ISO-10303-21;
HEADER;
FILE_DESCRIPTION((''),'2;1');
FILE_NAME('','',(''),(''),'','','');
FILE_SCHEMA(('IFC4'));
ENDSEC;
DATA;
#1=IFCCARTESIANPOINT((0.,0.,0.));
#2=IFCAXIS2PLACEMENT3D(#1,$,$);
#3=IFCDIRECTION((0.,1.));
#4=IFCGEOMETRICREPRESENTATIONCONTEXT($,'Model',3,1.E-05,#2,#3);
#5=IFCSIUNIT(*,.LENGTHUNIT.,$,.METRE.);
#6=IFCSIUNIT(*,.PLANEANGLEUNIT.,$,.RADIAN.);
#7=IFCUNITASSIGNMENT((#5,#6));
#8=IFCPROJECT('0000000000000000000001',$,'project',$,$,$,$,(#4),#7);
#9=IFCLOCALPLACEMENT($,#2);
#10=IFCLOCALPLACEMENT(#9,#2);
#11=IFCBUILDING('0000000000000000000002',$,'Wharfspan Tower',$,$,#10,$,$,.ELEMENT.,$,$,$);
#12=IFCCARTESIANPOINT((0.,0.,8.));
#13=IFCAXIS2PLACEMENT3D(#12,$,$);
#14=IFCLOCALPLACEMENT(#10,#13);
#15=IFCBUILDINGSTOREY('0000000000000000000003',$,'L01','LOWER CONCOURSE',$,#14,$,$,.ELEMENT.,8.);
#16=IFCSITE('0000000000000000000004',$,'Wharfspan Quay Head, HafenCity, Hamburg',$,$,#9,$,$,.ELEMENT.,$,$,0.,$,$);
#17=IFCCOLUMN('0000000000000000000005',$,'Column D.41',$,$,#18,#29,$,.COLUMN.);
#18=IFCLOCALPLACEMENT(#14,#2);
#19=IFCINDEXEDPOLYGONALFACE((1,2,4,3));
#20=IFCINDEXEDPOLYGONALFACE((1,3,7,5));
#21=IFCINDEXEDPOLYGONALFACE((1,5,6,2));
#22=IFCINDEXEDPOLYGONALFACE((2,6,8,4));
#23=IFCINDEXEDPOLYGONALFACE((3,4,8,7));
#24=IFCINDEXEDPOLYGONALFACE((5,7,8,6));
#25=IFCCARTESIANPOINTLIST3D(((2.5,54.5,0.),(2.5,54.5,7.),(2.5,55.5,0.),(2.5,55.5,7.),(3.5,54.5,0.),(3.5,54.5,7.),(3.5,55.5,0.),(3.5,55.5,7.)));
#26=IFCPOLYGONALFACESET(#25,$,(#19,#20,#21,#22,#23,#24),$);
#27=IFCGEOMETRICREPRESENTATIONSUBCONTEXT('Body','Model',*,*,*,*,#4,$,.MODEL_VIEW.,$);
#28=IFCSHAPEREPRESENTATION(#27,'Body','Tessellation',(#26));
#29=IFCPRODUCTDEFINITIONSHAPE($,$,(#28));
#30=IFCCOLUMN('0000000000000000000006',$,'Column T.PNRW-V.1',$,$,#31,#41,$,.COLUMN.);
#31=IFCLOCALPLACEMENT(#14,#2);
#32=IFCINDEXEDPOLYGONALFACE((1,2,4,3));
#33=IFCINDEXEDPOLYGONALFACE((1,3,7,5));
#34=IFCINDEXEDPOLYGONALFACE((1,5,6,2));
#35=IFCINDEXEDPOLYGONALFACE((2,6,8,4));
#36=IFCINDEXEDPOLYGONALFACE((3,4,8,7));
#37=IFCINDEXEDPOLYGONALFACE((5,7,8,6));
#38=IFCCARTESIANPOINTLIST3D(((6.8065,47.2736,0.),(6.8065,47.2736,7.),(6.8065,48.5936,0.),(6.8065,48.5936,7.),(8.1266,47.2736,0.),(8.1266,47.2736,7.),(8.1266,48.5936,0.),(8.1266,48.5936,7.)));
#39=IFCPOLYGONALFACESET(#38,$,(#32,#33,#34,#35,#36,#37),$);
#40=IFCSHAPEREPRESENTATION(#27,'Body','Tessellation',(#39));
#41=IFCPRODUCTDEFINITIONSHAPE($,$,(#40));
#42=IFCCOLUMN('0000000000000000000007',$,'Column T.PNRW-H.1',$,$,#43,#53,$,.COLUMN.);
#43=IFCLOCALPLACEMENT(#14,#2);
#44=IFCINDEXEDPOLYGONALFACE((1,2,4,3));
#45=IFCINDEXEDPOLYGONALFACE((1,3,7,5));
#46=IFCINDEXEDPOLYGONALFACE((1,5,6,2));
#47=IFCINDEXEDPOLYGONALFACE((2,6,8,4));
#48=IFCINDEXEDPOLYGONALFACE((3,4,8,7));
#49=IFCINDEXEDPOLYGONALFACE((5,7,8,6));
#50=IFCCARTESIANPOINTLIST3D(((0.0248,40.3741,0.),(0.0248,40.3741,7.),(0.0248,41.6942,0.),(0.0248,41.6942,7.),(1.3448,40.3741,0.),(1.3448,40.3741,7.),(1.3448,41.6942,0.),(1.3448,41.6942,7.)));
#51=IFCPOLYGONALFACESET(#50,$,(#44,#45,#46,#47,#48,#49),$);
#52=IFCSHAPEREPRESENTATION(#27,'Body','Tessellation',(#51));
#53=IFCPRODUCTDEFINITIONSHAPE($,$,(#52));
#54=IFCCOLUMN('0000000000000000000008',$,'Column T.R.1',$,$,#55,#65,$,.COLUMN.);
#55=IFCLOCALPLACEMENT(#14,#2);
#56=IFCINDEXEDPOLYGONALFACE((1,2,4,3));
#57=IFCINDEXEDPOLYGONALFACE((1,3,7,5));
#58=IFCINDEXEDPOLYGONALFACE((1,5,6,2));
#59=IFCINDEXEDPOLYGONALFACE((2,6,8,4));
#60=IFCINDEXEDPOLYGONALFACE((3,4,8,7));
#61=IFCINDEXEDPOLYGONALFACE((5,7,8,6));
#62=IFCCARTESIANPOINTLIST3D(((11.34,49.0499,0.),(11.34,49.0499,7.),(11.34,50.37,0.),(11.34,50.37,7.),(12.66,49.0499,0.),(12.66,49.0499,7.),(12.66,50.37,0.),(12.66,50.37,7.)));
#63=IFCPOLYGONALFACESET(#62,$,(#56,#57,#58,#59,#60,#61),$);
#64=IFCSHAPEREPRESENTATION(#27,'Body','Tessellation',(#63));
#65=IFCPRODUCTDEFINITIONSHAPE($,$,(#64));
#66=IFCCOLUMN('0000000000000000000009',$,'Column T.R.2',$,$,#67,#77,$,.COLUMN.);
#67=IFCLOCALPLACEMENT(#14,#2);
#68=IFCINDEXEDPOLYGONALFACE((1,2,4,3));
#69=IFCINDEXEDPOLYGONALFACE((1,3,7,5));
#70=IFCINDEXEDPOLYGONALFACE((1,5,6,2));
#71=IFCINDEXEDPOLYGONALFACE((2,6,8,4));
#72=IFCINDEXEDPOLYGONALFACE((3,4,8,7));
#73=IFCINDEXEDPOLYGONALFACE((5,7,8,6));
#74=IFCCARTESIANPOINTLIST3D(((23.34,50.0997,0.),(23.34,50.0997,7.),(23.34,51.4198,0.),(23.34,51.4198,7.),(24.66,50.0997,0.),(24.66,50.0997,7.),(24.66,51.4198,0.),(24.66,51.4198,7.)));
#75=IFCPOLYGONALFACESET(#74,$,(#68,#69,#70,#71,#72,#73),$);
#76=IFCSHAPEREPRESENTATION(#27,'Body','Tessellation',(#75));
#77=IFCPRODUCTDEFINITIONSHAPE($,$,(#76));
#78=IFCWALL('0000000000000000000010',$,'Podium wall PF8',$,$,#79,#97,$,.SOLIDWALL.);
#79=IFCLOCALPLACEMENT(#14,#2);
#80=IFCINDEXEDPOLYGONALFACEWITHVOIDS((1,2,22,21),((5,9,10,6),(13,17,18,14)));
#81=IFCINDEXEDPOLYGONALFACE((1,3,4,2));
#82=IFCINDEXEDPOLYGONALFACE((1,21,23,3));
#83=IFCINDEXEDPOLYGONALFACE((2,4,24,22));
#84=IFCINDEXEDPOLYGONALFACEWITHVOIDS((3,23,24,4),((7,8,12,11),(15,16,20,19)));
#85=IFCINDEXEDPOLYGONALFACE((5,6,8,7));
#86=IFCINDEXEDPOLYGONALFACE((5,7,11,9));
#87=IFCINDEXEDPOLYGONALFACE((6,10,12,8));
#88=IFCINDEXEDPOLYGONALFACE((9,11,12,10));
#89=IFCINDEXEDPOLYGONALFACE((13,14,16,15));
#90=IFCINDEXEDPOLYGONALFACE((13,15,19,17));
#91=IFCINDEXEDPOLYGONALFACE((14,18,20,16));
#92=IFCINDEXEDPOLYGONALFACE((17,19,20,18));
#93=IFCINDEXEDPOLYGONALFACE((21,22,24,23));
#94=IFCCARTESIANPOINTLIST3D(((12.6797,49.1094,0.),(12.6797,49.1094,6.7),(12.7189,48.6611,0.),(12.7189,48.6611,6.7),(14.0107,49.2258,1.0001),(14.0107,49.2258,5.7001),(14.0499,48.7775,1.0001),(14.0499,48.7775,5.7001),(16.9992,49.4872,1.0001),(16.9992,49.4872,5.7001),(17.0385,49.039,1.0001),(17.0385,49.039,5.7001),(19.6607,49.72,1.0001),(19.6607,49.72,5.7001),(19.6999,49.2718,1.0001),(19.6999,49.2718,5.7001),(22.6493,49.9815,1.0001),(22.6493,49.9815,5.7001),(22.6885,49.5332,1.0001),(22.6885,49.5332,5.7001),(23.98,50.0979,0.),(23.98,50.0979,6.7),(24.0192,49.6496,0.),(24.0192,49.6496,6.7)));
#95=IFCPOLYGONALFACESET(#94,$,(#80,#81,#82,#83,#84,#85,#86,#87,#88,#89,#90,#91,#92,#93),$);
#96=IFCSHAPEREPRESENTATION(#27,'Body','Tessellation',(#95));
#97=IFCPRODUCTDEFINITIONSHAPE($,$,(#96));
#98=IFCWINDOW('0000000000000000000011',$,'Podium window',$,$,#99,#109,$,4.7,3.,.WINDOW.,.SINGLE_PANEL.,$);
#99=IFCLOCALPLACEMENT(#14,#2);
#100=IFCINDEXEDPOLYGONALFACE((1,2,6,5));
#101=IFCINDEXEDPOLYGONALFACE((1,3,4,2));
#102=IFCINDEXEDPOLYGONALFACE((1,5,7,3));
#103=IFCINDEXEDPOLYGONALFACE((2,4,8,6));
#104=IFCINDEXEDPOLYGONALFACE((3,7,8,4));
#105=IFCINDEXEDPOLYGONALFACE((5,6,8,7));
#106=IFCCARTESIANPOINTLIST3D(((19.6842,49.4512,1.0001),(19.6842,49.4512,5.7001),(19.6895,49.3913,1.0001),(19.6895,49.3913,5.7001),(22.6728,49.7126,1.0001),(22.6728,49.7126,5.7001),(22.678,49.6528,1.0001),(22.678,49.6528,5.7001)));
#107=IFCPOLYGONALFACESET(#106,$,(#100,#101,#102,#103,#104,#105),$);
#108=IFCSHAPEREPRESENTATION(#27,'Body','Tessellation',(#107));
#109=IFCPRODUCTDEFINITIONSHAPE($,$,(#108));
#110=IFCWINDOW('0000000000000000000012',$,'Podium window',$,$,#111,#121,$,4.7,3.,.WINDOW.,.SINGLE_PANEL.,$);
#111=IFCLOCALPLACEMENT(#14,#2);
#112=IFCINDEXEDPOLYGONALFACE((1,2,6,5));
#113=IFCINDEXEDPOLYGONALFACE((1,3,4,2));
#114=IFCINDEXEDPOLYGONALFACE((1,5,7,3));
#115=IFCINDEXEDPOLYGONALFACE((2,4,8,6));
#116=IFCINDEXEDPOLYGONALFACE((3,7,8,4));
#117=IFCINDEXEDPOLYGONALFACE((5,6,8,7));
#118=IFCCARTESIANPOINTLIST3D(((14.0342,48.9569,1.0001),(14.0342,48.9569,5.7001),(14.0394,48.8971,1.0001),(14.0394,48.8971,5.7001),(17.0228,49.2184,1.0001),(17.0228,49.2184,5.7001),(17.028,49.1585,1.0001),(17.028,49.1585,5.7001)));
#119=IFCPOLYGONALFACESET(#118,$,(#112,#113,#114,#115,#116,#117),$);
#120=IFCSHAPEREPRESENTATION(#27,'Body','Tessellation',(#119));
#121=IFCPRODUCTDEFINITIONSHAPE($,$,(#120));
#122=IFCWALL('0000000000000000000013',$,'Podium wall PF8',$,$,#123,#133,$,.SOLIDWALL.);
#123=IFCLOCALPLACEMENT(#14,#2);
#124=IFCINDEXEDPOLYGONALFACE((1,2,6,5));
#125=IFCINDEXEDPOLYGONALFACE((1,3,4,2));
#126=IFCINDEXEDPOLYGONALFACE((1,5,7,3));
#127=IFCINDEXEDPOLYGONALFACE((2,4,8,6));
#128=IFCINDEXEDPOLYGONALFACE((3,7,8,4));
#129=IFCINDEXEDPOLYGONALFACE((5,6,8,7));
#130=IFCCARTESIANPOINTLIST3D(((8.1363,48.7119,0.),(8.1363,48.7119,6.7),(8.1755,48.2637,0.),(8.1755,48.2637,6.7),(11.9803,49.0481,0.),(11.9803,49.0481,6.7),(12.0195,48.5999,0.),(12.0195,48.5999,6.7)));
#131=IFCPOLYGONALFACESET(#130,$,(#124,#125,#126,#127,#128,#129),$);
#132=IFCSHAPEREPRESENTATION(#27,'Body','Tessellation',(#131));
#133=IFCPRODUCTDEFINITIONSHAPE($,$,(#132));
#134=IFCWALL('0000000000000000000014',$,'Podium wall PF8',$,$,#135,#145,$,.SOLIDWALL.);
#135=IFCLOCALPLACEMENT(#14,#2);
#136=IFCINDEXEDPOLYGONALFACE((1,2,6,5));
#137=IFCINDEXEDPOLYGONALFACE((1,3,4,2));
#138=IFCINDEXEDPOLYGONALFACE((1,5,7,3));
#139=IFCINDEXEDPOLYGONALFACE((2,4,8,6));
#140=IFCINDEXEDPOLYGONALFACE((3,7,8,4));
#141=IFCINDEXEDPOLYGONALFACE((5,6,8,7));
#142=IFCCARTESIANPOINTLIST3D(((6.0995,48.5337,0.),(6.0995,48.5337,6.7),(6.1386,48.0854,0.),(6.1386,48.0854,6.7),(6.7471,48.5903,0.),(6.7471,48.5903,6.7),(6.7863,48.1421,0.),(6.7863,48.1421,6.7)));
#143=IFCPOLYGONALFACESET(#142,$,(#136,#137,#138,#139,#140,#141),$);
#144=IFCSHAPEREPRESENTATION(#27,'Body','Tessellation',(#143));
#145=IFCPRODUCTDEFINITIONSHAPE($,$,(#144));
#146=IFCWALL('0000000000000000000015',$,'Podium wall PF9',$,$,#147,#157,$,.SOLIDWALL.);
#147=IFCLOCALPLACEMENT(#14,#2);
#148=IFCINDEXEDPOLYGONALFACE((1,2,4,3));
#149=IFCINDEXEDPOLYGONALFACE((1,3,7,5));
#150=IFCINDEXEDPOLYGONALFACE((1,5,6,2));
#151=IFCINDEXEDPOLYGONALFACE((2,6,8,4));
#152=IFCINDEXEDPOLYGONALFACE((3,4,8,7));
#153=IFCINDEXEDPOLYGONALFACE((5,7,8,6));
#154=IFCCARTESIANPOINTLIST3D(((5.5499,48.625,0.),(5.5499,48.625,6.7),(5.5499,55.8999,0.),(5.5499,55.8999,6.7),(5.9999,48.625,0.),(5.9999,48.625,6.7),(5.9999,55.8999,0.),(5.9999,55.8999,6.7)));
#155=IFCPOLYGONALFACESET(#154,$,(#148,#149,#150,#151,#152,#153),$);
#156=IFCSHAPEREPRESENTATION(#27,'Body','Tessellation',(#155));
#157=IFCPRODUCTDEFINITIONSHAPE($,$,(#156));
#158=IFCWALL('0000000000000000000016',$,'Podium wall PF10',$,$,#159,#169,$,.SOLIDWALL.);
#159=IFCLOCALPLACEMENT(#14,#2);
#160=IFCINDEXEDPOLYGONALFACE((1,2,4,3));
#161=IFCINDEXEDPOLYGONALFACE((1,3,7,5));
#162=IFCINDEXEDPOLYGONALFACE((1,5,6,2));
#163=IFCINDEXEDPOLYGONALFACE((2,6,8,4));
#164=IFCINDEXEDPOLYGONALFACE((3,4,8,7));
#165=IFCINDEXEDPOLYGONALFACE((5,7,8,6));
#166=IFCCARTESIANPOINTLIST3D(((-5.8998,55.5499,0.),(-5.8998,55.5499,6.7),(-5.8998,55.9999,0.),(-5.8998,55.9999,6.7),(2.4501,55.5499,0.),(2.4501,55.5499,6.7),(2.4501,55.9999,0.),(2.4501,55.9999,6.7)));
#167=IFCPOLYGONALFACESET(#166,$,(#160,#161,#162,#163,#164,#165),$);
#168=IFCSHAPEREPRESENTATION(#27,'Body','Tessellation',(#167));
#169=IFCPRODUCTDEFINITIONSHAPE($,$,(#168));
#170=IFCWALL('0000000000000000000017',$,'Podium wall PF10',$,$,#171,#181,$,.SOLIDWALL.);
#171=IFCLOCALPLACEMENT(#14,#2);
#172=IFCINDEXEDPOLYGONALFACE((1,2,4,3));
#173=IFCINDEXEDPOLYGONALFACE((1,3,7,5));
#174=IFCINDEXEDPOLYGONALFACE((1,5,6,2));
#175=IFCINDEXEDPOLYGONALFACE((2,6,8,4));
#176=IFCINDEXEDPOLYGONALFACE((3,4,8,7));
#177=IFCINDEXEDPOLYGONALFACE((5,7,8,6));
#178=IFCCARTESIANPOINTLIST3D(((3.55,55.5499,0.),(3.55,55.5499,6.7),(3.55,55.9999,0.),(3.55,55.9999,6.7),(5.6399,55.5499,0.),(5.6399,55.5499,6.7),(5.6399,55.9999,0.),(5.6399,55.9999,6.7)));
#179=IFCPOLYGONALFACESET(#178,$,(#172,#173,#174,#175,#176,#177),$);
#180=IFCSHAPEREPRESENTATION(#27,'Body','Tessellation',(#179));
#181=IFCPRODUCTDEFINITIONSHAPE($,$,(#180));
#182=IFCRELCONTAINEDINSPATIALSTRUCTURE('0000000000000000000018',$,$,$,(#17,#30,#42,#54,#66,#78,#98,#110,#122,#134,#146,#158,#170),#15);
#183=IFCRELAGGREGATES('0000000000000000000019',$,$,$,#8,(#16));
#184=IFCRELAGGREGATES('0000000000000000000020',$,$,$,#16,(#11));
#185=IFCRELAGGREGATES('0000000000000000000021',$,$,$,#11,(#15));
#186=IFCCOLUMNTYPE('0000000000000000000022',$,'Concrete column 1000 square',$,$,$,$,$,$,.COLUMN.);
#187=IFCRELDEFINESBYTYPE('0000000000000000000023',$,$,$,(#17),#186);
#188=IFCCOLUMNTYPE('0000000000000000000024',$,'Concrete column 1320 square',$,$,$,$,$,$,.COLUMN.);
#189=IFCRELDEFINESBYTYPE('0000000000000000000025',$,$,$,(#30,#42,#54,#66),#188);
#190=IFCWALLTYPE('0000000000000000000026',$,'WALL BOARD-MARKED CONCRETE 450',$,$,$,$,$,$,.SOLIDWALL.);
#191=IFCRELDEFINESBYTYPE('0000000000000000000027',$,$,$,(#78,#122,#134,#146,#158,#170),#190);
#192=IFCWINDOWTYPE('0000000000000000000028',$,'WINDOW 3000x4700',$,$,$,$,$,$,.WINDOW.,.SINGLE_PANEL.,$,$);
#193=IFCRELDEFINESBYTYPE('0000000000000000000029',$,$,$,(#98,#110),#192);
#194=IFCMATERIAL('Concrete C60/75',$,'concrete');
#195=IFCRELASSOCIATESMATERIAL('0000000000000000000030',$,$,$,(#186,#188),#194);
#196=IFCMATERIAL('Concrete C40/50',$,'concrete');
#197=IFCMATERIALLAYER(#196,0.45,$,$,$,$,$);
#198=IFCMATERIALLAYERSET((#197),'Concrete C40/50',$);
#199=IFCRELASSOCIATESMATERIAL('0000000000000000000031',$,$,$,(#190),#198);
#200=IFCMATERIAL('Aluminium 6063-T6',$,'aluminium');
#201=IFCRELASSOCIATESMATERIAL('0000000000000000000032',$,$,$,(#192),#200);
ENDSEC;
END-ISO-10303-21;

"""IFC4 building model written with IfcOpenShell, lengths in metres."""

from ifc_helpers import new_model, si_unit, direction, frame, frame_2d, origin, origin_2d, place, context, subcontext, project, spatial, rectangle, extrude, material, layer, layer_set, material_profile, profile_set, type_object, element, fill, save


model = new_model("IFC4")

# Units and contexts
model_context = context("Model", 3, precision=1e-05, world=origin(), true_north=direction((0.0, 1.0)))
body_context = subcontext(model_context, "Body", "Model", "MODEL_VIEW")
ifc_project = project(units=[si_unit("LENGTHUNIT", "METRE"), si_unit("PLANEANGLEUNIT", "RADIAN")], contexts=[model_context])

# Site, building, storey
site_placement = place(None, origin())
site = spatial("IfcSite", under=ifc_project, at=site_placement, Name="Wharfspan Quay Head, HafenCity, Hamburg", CompositionType="ELEMENT", RefElevation=0.0)
building_placement = place(site_placement, origin())
building = spatial("IfcBuilding", under=site, at=building_placement, Name="Wharfspan Tower", CompositionType="ELEMENT")
storey_placement = place(building_placement, frame((0.0, 0.0, 8.0)))
storey = spatial("IfcBuildingStorey", under=building, at=storey_placement, Name="L01", Description="LOWER CONCOURSE", CompositionType="ELEMENT", Elevation=8.0)

# Columns
ifc_material_1 = material(Name="Concrete C60/75", Category="concrete")
ifc_material_profile_1 = material_profile(ifc_material_1, rectangle(XDim=1.0, YDim=1.0, at=origin_2d()))
ifc_profile_set_1 = profile_set([ifc_material_profile_1], Name="Concrete C60/75")
column_type_1 = type_object("IfcColumnType", Name="Concrete column 1000 square", PredefinedType="COLUMN", material=ifc_profile_set_1)
column_placement = place(storey_placement, frame((3.0, 55.0, 0.0), z_axis=(0.0, 0.0, 1.0), x_axis=(1.0, 0.0, 0.0)))
element("IfcColumn", 1, at=column_placement, inside=storey, type_object=column_type_1, Name="Column D.41", PredefinedType="COLUMN", context=body_context, shape_type="SweptSolid", body=[
    extrude(rectangle(XDim=1.0, YDim=1.0, at=origin_2d()), origin(), (0.0, 0.0, 1.0), 7.0),
])
ifc_material_profile_2 = material_profile(ifc_material_1, rectangle(XDim=1.3201, YDim=1.3201, at=origin_2d()))
ifc_profile_set_2 = profile_set([ifc_material_profile_2], Name="Concrete C60/75")
column_type_2 = type_object("IfcColumnType", Name="Concrete column 1320 square", PredefinedType="COLUMN", material=ifc_profile_set_2)
for number, where, z_axis, x_axis, name in (
    (2, (7.4666, 47.9336, 0.0), (0.0, 0.0, 1.0), (1.0, 0.0, 0.0), "Column T.PNRW-V.1"),
    (3, (0.6848, 41.0342, 0.0), (0.0, 0.0, 1.0), (1.0, 0.0, 0.0), "Column T.PNRW-H.1"),
    (4, (12.0, 49.71, 0.0), (0.0, 0.0, 1.0), (1.0, 0.0, 0.0), "Column T.R.1"),
    (5, (24.0, 50.7598, 0.0), (0.0, 0.0, 1.0), (1.0, 0.0, 0.0), "Column T.R.2"),
):
    element("IfcColumn", number, at=place(storey_placement, frame(where, z_axis=z_axis, x_axis=x_axis)), inside=storey, type_object=column_type_2, Name=name, PredefinedType="COLUMN", context=body_context, shape_type="SweptSolid", body=[
        extrude(rectangle(XDim=1.3201, YDim=1.3201, at=origin_2d()), origin(), (0.0, 0.0, 1.0), 7.0),
    ])

# Wall, openings, windows
ifc_material_2 = material(Name="Concrete C40/50", Category="concrete")
ifc_layer = layer(ifc_material_2, 0.45)
ifc_layer_set = layer_set([ifc_layer], Name="Concrete C40/50")
wall_type = type_object("IfcWallType", Name="WALL BOARD-MARKED CONCRETE 450", PredefinedType="SOLIDWALL", material=ifc_layer_set)
wall_1_placement = place(storey_placement, frame((23.9998, 49.8738, 0.0), z_axis=(0.0, 0.0, 1.0), x_axis=(-0.996195, -0.087145, 0.0)))
wall_1 = element("IfcWall", 6, at=wall_1_placement, inside=storey, type_object=wall_type, Name="Podium wall PF8", PredefinedType="SOLIDWALL", context=body_context, shape_type="SweptSolid", body=[
    extrude(rectangle(XDim=11.3435, YDim=0.45, at=frame_2d((5.6719, 0.0))), origin(), (0.0, 0.0, 1.0), 6.7),
])
opening_1_placement = place(wall_1_placement, frame((1.3359, 0.0, 1.0)))
opening_1 = element("IfcOpeningElement", 7, at=opening_1_placement, cuts=wall_1, PredefinedType="OPENING", context=body_context, shape_type="SweptSolid", body=[
    extrude(rectangle(XDim=3.0, YDim=4.7, at=frame_2d((1.5, 2.3501))), frame((0.0, 0.2349, 0.0), z_axis=(0.0, -1.0, 0.0), x_axis=(1.0, 0.0, 0.0)), (0.0, 0.0, 1.0), 0.47),
])
opening_2_placement = place(wall_1_placement, frame((7.0076, 0.0, 1.0)))
opening_2 = element("IfcOpeningElement", 8, at=opening_2_placement, cuts=wall_1, PredefinedType="OPENING", context=body_context, shape_type="SweptSolid", body=[
    extrude(rectangle(XDim=3.0, YDim=4.7, at=frame_2d((1.5, 2.3501))), frame((0.0, 0.2349, 0.0), z_axis=(0.0, -1.0, 0.0), x_axis=(1.0, 0.0, 0.0)), (0.0, 0.0, 1.0), 0.47),
])
ifc_material_3 = material(Name="Aluminium 6063-T6", Category="aluminium")
window_type = type_object("IfcWindowType", Name="WINDOW 3000x4700", PartitioningType="SINGLE_PANEL", PredefinedType="WINDOW", material=ifc_material_3)
window_1_placement = place(opening_1_placement, origin())
window_1 = element("IfcWindow", 9, at=window_1_placement, inside=storey, type_object=window_type, Name="Podium window", OverallHeight=4.7, OverallWidth=3.0, PartitioningType="SINGLE_PANEL", PredefinedType="WINDOW", context=body_context, shape_type="SweptSolid", body=[
    extrude(rectangle(XDim=3.0, YDim=4.7, at=frame_2d((1.5, 2.3501))), frame((0.0, 0.105, 0.0), z_axis=(0.0, -1.0, 0.0), x_axis=(1.0, 0.0, 0.0)), (0.0, 0.0, 1.0), 0.0601),
])
fill(opening_1, window_1)
window_2_placement = place(opening_2_placement, origin())
window_2 = element("IfcWindow", 10, at=window_2_placement, inside=storey, type_object=window_type, Name="Podium window", OverallHeight=4.7, OverallWidth=3.0, PartitioningType="SINGLE_PANEL", PredefinedType="WINDOW", context=body_context, shape_type="SweptSolid", body=[
    extrude(rectangle(XDim=3.0, YDim=4.7, at=frame_2d((1.5, 2.3501))), frame((0.0, 0.105, 0.0), z_axis=(0.0, -1.0, 0.0), x_axis=(1.0, 0.0, 0.0)), (0.0, 0.0, 1.0), 0.0601),
])
fill(opening_2, window_2)

# Walls
wall_2_placement = place(storey_placement, frame((11.9998, 48.824, 0.0), z_axis=(0.0, 0.0, 1.0), x_axis=(-0.9962, -0.087124, 0.0)))
element("IfcWall", 11, at=wall_2_placement, inside=storey, type_object=wall_type, Name="Podium wall PF8", PredefinedType="SOLIDWALL", context=body_context, shape_type="SweptSolid", body=[
    extrude(rectangle(XDim=3.8586, YDim=0.45, at=frame_2d((1.9292, 0.0))), origin(), (0.0, 0.0, 1.0), 6.7),
])
wall_3_placement = place(storey_placement, frame((6.7668, 48.3662, 0.0), z_axis=(0.0, 0.0, 1.0), x_axis=(-0.996201, -0.087116, 0.0)))
element("IfcWall", 12, at=wall_3_placement, inside=storey, type_object=wall_type, Name="Podium wall PF8", PredefinedType="SOLIDWALL", context=body_context, shape_type="SweptSolid", body=[
    extrude(rectangle(XDim=0.6501, YDim=0.45, at=frame_2d((0.3252, 0.0))), origin(), (0.0, 0.0, 1.0), 6.7),
])
wall_4_placement = place(storey_placement, frame((5.7749, 48.625, 0.0), z_axis=(0.0, 0.0, 1.0), x_axis=(0.0, 1.0, 0.0)))
element("IfcWall", 13, at=wall_4_placement, inside=storey, type_object=wall_type, Name="Podium wall PF9", PredefinedType="SOLIDWALL", context=body_context, shape_type="SweptSolid", body=[
    extrude(rectangle(XDim=7.2749, YDim=0.45, at=frame_2d((3.6375, 0.0))), origin(), (0.0, 0.0, 1.0), 6.7),
])
wall_5_placement = place(storey_placement, frame((2.45, 55.7749, 0.0), z_axis=(0.0, 0.0, 1.0), x_axis=(-1.0, 0.0, 0.0)))
element("IfcWall", 14, at=wall_5_placement, inside=storey, type_object=wall_type, Name="Podium wall PF10", PredefinedType="SOLIDWALL", context=body_context, shape_type="SweptSolid", body=[
    extrude(rectangle(XDim=8.3499, YDim=0.45, at=frame_2d((4.1748, 0.0))), origin(), (0.0, 0.0, 1.0), 6.7),
])
wall_6_placement = place(storey_placement, frame((5.6399, 55.7749, 0.0), z_axis=(0.0, 0.0, 1.0), x_axis=(-1.0, 0.0, 0.0)))
element("IfcWall", 15, at=wall_6_placement, inside=storey, type_object=wall_type, Name="Podium wall PF10", PredefinedType="SOLIDWALL", context=body_context, shape_type="SweptSolid", body=[
    extrude(rectangle(XDim=2.0898, YDim=0.45, at=frame_2d((1.0449, 0.0))), origin(), (0.0, 0.0, 1.0), 6.7),
])

save(model, "model.ifc")
